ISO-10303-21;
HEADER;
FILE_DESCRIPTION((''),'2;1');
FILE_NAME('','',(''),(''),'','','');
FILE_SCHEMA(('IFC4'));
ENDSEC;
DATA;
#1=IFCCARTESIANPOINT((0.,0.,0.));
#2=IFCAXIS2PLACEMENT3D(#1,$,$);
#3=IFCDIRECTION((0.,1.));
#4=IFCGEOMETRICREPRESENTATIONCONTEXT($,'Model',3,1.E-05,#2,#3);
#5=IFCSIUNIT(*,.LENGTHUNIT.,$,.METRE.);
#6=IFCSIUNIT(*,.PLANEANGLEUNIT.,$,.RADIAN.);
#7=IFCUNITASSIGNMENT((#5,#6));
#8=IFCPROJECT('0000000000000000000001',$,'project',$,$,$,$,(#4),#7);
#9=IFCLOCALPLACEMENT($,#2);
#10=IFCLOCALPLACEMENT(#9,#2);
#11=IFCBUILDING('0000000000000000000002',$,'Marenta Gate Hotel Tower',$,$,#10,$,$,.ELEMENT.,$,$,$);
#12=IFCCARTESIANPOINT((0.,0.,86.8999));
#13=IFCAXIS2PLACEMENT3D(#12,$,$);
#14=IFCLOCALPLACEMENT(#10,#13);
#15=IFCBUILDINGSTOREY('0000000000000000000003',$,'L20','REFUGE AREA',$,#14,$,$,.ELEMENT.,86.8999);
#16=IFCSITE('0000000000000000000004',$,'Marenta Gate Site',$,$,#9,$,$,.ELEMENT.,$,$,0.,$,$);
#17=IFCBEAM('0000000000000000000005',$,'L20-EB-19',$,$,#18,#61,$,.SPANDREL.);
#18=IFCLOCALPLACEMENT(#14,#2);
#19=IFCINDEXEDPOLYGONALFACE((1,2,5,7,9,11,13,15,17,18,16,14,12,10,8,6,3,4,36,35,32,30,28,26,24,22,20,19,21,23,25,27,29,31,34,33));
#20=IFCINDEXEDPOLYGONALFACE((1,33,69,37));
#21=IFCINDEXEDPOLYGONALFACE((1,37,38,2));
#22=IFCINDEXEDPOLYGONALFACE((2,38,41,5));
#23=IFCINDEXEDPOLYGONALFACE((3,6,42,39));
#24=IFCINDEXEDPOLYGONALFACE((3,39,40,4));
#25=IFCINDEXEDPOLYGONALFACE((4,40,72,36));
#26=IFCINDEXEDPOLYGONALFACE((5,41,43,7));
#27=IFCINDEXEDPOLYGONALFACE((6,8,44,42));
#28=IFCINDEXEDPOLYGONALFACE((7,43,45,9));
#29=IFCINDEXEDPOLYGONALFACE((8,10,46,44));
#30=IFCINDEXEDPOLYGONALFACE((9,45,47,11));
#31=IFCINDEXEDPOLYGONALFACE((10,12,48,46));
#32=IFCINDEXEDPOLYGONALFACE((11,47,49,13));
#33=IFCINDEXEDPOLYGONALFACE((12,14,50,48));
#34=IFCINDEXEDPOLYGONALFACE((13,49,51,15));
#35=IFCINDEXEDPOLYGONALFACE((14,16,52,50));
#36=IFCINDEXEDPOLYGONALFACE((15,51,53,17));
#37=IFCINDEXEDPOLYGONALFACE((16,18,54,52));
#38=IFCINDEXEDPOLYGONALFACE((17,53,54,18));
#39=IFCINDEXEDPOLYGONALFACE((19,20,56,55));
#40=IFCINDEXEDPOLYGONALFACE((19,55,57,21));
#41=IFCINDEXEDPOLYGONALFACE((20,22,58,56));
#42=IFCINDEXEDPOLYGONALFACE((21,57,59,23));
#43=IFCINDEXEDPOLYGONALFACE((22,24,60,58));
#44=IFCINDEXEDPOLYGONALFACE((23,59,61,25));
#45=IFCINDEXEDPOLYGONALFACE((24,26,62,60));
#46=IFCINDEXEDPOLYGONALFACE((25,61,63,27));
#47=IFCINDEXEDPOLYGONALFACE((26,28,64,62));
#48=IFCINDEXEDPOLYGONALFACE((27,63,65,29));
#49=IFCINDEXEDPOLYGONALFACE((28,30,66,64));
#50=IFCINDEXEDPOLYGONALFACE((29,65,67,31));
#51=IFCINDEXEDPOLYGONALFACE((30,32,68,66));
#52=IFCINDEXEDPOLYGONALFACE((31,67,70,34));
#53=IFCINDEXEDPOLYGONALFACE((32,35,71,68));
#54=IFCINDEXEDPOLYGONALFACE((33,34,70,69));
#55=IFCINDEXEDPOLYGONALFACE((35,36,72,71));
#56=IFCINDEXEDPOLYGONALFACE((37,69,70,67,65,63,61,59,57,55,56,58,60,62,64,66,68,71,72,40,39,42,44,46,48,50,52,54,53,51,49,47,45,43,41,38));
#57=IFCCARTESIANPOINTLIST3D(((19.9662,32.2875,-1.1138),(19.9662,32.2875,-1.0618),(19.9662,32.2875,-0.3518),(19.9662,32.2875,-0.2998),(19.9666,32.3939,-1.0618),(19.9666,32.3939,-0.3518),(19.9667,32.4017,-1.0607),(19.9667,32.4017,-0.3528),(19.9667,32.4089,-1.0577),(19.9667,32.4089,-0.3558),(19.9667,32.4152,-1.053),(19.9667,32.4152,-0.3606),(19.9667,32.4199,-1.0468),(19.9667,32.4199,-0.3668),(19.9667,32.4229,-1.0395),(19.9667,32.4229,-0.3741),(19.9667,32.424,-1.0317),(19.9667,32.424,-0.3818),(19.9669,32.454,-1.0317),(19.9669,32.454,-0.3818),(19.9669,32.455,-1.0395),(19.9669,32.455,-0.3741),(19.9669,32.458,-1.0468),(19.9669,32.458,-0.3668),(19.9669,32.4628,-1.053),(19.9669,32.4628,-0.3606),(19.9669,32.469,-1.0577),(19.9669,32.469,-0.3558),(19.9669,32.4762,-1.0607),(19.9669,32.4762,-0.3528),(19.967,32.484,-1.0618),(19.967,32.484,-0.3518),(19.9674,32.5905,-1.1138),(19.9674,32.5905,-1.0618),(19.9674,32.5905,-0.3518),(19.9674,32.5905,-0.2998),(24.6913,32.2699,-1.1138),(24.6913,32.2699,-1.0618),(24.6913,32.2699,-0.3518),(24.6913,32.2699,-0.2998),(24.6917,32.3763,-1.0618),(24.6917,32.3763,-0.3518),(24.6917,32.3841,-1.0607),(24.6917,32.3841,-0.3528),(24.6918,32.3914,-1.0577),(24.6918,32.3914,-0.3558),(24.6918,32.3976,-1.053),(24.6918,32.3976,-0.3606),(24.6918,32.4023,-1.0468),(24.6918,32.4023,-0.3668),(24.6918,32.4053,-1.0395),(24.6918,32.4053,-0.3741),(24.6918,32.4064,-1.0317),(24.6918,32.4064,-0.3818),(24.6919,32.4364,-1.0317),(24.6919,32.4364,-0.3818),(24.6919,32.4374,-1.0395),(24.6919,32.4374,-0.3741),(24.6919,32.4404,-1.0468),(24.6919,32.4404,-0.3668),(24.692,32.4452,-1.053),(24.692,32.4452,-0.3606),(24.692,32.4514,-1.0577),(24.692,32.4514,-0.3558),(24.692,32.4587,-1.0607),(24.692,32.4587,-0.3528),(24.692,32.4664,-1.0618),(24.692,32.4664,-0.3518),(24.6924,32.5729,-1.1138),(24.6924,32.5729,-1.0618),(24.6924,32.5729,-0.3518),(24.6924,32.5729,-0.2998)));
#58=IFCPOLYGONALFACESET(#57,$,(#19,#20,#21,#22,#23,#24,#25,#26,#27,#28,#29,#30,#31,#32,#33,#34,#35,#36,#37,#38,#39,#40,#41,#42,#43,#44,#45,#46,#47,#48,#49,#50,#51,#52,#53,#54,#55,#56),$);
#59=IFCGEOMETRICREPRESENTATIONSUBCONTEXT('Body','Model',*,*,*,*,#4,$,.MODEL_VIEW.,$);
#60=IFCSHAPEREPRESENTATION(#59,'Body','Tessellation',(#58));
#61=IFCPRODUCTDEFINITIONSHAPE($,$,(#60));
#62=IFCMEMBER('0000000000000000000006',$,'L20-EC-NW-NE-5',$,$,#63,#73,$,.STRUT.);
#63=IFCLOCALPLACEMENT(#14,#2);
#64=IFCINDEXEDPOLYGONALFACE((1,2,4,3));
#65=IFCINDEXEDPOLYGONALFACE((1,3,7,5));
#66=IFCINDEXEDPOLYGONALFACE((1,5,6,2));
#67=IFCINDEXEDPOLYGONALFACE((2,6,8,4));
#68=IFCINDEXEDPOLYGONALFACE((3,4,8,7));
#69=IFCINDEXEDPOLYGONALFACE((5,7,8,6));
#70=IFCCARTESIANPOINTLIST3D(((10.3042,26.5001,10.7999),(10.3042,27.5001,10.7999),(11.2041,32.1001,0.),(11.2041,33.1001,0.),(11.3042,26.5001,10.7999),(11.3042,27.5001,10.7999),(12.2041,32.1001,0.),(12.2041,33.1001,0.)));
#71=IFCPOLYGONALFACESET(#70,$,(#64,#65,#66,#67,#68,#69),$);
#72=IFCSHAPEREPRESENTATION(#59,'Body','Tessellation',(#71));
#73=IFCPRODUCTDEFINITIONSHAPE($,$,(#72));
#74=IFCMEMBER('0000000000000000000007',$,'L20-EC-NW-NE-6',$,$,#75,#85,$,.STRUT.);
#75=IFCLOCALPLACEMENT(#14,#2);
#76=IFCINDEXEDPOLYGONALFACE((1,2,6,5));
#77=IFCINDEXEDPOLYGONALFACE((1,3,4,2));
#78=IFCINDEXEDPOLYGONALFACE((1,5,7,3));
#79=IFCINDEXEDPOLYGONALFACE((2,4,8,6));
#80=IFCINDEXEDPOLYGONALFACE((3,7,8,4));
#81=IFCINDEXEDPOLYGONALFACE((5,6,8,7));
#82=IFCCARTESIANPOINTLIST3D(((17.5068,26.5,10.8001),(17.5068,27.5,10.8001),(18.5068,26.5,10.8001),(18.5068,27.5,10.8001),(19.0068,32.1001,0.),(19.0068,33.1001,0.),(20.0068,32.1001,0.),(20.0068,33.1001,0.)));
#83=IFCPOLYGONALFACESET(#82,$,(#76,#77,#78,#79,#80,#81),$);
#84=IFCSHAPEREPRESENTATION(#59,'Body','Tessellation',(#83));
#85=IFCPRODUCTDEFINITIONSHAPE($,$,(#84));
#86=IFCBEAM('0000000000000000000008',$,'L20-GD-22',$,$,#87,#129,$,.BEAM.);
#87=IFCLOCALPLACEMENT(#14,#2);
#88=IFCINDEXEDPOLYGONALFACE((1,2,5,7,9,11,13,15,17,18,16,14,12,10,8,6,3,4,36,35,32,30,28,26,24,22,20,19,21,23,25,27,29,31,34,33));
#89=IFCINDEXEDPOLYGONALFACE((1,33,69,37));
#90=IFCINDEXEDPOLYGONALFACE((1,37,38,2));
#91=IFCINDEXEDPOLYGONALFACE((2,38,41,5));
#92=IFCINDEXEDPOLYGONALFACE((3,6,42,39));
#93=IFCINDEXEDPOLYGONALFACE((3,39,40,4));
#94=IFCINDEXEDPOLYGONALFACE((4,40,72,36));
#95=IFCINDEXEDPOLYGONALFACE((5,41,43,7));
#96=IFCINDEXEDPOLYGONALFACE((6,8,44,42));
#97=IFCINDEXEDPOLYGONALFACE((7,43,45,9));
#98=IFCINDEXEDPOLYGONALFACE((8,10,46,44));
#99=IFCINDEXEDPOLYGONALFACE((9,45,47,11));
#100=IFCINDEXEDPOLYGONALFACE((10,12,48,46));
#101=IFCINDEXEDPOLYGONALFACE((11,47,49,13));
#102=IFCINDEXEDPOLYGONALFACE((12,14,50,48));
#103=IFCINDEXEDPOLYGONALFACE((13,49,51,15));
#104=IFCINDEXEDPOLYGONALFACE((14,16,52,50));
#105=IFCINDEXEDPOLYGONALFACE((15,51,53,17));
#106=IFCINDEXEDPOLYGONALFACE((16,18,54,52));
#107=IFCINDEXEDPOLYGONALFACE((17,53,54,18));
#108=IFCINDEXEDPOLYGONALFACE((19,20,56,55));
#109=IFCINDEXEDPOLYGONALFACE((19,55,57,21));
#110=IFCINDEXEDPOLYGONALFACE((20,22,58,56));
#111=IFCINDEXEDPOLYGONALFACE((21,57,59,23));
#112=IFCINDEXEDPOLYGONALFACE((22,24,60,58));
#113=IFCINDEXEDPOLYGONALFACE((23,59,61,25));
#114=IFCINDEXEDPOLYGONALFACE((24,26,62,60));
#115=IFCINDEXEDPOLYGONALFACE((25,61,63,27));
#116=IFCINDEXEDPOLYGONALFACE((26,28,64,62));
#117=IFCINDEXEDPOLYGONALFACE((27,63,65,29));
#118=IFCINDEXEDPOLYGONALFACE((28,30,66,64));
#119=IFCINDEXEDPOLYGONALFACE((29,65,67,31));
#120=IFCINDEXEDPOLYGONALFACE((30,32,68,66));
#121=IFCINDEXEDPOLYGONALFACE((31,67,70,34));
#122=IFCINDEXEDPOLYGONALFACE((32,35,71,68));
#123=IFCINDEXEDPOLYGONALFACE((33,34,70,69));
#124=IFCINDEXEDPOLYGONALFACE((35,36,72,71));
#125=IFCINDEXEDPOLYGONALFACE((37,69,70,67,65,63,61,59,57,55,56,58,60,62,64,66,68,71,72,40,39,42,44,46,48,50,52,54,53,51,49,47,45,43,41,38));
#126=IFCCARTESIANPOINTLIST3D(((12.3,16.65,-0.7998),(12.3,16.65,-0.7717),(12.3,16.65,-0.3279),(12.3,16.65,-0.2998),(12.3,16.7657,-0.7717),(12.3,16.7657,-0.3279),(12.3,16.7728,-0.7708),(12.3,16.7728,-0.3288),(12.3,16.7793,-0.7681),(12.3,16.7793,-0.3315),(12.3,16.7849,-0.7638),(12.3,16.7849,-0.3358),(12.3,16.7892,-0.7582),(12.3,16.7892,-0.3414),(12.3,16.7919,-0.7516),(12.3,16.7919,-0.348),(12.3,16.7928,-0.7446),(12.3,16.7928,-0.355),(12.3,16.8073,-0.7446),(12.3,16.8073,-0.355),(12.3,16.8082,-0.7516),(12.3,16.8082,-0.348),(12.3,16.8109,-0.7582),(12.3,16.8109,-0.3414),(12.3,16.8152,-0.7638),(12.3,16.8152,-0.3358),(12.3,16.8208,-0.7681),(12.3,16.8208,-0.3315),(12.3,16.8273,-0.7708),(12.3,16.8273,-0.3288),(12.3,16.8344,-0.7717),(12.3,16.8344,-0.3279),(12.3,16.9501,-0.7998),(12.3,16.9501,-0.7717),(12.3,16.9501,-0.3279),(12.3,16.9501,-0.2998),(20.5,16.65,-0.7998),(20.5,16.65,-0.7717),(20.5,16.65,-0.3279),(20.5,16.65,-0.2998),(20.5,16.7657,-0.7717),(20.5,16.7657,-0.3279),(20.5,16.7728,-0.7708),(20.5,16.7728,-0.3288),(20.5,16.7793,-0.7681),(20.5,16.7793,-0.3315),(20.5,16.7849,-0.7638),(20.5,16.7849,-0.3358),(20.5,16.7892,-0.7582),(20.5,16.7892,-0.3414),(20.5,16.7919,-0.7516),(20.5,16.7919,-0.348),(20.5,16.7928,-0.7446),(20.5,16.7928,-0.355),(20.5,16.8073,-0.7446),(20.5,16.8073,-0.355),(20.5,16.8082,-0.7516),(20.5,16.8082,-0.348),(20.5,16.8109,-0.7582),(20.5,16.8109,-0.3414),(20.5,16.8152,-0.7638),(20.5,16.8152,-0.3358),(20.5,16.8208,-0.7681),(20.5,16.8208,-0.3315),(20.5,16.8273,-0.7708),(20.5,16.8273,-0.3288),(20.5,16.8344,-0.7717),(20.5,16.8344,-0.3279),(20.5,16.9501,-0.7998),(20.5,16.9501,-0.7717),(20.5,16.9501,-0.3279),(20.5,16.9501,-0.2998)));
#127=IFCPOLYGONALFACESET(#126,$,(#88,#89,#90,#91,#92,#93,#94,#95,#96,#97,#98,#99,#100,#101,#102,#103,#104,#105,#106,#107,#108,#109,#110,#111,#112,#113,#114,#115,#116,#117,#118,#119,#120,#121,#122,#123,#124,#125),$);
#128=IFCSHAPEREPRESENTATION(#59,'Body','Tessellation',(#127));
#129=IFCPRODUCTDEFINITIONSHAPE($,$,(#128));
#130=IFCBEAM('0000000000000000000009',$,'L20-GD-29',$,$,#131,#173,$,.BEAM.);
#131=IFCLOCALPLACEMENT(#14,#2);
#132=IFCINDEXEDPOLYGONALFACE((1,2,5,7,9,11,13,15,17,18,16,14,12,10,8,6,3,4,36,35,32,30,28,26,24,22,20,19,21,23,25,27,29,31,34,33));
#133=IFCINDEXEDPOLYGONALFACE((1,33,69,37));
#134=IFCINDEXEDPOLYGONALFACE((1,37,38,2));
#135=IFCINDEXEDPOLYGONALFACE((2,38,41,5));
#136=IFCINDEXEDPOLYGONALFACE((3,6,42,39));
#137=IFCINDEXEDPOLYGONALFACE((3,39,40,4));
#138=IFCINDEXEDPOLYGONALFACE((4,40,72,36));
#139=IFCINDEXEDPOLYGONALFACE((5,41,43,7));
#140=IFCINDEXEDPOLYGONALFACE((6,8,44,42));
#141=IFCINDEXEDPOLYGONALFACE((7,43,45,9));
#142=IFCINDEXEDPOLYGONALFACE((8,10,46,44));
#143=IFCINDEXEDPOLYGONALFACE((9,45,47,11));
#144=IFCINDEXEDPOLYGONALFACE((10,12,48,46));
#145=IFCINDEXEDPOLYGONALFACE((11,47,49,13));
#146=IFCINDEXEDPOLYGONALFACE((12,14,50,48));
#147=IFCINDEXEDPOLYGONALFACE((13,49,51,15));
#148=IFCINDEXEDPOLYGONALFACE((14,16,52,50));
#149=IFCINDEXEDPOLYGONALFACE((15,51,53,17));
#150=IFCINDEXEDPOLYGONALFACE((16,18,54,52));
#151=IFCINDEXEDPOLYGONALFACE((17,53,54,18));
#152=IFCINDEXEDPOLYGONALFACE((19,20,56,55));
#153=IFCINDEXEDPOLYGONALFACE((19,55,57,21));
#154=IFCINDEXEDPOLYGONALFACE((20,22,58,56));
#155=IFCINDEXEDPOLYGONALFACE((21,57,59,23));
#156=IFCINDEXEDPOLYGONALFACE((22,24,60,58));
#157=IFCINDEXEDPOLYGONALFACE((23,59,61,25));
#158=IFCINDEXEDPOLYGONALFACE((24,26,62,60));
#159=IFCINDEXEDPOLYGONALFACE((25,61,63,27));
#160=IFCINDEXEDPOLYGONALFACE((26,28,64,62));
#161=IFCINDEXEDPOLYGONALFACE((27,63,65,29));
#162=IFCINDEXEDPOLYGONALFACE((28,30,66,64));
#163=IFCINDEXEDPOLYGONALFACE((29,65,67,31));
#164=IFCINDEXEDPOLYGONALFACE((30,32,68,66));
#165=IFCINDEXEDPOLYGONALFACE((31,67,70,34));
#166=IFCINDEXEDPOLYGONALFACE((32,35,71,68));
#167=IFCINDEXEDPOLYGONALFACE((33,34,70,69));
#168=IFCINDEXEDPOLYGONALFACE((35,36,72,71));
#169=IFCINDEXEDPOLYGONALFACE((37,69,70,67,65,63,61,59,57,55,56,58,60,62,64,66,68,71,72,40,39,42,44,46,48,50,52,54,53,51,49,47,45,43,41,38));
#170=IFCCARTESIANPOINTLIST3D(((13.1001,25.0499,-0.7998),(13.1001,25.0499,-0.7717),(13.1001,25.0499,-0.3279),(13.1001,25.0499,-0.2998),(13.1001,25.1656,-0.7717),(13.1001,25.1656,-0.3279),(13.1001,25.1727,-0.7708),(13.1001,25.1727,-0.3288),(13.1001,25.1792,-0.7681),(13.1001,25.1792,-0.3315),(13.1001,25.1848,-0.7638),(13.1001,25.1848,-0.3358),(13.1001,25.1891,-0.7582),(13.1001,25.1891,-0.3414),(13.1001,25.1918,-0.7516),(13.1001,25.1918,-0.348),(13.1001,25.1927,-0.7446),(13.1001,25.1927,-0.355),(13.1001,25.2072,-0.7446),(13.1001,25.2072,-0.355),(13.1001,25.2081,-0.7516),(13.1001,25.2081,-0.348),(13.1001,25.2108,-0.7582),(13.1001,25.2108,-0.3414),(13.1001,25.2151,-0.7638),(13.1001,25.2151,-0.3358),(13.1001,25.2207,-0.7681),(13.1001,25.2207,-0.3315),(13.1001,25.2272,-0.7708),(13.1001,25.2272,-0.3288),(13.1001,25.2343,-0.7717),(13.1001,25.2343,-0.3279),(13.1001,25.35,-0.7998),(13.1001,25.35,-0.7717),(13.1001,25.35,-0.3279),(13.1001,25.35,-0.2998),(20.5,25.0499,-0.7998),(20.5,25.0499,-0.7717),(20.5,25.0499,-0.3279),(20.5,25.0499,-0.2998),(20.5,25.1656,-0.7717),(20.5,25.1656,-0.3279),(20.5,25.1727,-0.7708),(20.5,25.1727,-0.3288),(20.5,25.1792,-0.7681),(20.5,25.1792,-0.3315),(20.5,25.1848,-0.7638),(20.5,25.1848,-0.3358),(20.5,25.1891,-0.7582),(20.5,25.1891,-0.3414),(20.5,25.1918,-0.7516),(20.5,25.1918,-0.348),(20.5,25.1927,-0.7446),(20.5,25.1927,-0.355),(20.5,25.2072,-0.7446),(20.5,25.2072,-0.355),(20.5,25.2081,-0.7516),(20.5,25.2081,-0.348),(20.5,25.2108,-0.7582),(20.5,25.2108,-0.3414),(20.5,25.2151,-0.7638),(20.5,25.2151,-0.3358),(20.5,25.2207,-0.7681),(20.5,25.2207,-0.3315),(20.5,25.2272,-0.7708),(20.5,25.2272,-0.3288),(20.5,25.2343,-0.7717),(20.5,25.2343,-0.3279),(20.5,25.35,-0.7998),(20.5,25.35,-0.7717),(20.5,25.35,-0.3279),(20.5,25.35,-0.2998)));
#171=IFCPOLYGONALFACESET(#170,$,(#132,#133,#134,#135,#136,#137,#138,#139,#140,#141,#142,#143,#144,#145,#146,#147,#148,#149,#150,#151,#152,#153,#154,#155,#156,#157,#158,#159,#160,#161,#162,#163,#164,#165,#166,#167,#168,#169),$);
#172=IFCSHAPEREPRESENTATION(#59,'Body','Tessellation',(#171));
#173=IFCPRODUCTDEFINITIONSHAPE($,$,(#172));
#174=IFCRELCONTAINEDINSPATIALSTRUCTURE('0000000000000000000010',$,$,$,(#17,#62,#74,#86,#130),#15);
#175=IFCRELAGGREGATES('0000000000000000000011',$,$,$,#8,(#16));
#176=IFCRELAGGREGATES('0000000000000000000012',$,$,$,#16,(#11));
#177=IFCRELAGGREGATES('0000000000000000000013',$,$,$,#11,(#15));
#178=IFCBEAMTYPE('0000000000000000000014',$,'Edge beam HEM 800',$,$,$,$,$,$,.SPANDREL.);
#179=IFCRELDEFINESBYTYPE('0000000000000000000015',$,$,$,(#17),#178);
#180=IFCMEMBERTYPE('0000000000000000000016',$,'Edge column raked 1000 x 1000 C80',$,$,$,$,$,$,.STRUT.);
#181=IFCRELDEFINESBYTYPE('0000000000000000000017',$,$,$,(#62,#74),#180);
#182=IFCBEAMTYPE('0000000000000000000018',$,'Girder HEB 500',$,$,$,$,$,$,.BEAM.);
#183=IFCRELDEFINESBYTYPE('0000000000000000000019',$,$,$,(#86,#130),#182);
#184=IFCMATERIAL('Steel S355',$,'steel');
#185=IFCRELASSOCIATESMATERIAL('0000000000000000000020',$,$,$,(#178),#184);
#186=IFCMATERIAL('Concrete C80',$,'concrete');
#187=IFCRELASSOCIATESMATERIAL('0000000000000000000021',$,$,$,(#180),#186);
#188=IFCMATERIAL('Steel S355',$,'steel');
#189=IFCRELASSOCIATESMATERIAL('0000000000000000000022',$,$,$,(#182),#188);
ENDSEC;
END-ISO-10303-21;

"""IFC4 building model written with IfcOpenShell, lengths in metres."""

from ifc_helpers import new_model, si_unit, direction, frame, origin, origin_2d, place, context, subcontext, project, spatial, rectangle, i_section, extrude, material, material_profile, profile_set, type_object, element, save


model = new_model("IFC4")

# Units and contexts
model_context = context("Model", 3, precision=1e-05, world=origin(), true_north=direction((0.0, 1.0)))
body_context = subcontext(model_context, "Body", "Model", "MODEL_VIEW")
ifc_project = project(units=[si_unit("LENGTHUNIT", "METRE"), si_unit("PLANEANGLEUNIT", "RADIAN")], contexts=[model_context])

# Site, building, storey
site_placement = place(None, origin())
site = spatial("IfcSite", under=ifc_project, at=site_placement, Name="Marenta Gate Site", CompositionType="ELEMENT", RefElevation=0.0)
building_placement = place(site_placement, origin())
building = spatial("IfcBuilding", under=site, at=building_placement, Name="Marenta Gate Hotel Tower", CompositionType="ELEMENT")
storey_placement = place(building_placement, frame((0.0, 0.0, 86.8999)))
storey = spatial("IfcBuildingStorey", under=building, at=storey_placement, Name="L20", Description="REFUGE AREA", CompositionType="ELEMENT", Elevation=86.8999)

# Beam
ifc_material_1 = material(Name="Steel S355", Category="steel")
ifc_material_profile_1 = material_profile(ifc_material_1, i_section(OverallWidth=0.303, OverallDepth=0.814, WebThickness=0.03, FlangeThickness=0.052, FilletRadius=0.03, at=origin_2d()), Name="HEM 800")
ifc_profile_set_1 = profile_set([ifc_material_profile_1], Name="Steel S355")
beam_type_1 = type_object("IfcBeamType", Name="Edge beam HEM 800", PredefinedType="SPANDREL", material=ifc_profile_set_1)
beam_1_placement = place(storey_placement, frame((19.9668, 32.439, -0.7068), z_axis=(0.999993, -0.00372, 0.0), x_axis=(0.00372, 0.999993, 0.0)))
element("IfcBeam", 1, at=beam_1_placement, inside=storey, type_object=beam_type_1, Name="L20-EB-19", PredefinedType="SPANDREL", context=body_context, shape_type="SweptSolid", body=[
    extrude(i_section(OverallWidth=0.303, OverallDepth=0.814, WebThickness=0.03, FlangeThickness=0.052, FilletRadius=0.03, at=origin_2d()), origin(), (0.0, 0.0, 1.0), 4.7251),
])

# Members
ifc_material_2 = material(Name="Concrete C80", Category="concrete")
ifc_material_profile_2 = material_profile(ifc_material_2, rectangle(XDim=1.0, YDim=1.0, at=origin_2d()), Name="1000 x 1000")
ifc_profile_set_2 = profile_set([ifc_material_profile_2], Name="Concrete C80")
member_type = type_object("IfcMemberType", Name="Edge column raked 1000 x 1000 C80", PredefinedType="STRUT", material=ifc_profile_set_2)
member_1_placement = place(storey_placement, frame((11.7041, 32.6001, 0.0), z_axis=(0.0, 0.0, 1.0), x_axis=(1.0, 0.0, 0.0)))
element("IfcMember", 2, at=member_1_placement, inside=storey, type_object=member_type, Name="L20-EC-NW-NE-5", PredefinedType="STRUT", context=body_context, shape_type="SweptSolid", body=[
    extrude(rectangle(XDim=1.0, YDim=1.0, at=origin_2d()), origin(), (-0.073769, -0.459068, 0.885333), 12.1987),
])
member_2_placement = place(storey_placement, frame((19.5068, 32.6001, 0.0), z_axis=(0.0, 0.0, 1.0), x_axis=(1.0, 0.0, 0.0)))
element("IfcMember", 3, at=member_2_placement, inside=storey, type_object=member_type, Name="L20-EC-NW-NE-6", PredefinedType="STRUT", context=body_context, shape_type="SweptSolid", body=[
    extrude(rectangle(XDim=1.0, YDim=1.0, at=origin_2d()), origin(), (-0.122372, -0.456862, 0.88108), 12.2578),
])

# Beams
ifc_material_3 = material(Name="Steel S355", Category="steel")
ifc_material_profile_3 = material_profile(ifc_material_3, i_section(OverallWidth=0.3, OverallDepth=0.5, WebThickness=0.0144, FlangeThickness=0.0281, FilletRadius=0.0271, at=origin_2d()), Name="HEB 500")
ifc_profile_set_3 = profile_set([ifc_material_profile_3], Name="Steel S355")
beam_type_2 = type_object("IfcBeamType", Name="Girder HEB 500", PredefinedType="BEAM", material=ifc_profile_set_3)
beam_2_placement = place(storey_placement, frame((12.3, 16.8, -0.5498), z_axis=(1.0, 0.0, 0.0), x_axis=(0.0, 1.0, 0.0)))
element("IfcBeam", 4, at=beam_2_placement, inside=storey, type_object=beam_type_2, Name="L20-GD-22", PredefinedType="BEAM", context=body_context, shape_type="SweptSolid", body=[
    extrude(i_section(OverallWidth=0.3, OverallDepth=0.5, WebThickness=0.0144, FlangeThickness=0.0281, FilletRadius=0.0271, at=origin_2d()), origin(), (0.0, 0.0, 1.0), 8.2),
])
beam_3_placement = place(storey_placement, frame((13.1001, 25.2, -0.5498), z_axis=(1.0, 0.0, 0.0), x_axis=(0.0, 1.0, 0.0)))
element("IfcBeam", 5, at=beam_3_placement, inside=storey, type_object=beam_type_2, Name="L20-GD-29", PredefinedType="BEAM", context=body_context, shape_type="SweptSolid", body=[
    extrude(i_section(OverallWidth=0.3, OverallDepth=0.5, WebThickness=0.0144, FlangeThickness=0.0281, FilletRadius=0.0271, at=origin_2d()), origin(), (0.0, 0.0, 1.0), 7.3999),
])

save(model, "model.ifc")
